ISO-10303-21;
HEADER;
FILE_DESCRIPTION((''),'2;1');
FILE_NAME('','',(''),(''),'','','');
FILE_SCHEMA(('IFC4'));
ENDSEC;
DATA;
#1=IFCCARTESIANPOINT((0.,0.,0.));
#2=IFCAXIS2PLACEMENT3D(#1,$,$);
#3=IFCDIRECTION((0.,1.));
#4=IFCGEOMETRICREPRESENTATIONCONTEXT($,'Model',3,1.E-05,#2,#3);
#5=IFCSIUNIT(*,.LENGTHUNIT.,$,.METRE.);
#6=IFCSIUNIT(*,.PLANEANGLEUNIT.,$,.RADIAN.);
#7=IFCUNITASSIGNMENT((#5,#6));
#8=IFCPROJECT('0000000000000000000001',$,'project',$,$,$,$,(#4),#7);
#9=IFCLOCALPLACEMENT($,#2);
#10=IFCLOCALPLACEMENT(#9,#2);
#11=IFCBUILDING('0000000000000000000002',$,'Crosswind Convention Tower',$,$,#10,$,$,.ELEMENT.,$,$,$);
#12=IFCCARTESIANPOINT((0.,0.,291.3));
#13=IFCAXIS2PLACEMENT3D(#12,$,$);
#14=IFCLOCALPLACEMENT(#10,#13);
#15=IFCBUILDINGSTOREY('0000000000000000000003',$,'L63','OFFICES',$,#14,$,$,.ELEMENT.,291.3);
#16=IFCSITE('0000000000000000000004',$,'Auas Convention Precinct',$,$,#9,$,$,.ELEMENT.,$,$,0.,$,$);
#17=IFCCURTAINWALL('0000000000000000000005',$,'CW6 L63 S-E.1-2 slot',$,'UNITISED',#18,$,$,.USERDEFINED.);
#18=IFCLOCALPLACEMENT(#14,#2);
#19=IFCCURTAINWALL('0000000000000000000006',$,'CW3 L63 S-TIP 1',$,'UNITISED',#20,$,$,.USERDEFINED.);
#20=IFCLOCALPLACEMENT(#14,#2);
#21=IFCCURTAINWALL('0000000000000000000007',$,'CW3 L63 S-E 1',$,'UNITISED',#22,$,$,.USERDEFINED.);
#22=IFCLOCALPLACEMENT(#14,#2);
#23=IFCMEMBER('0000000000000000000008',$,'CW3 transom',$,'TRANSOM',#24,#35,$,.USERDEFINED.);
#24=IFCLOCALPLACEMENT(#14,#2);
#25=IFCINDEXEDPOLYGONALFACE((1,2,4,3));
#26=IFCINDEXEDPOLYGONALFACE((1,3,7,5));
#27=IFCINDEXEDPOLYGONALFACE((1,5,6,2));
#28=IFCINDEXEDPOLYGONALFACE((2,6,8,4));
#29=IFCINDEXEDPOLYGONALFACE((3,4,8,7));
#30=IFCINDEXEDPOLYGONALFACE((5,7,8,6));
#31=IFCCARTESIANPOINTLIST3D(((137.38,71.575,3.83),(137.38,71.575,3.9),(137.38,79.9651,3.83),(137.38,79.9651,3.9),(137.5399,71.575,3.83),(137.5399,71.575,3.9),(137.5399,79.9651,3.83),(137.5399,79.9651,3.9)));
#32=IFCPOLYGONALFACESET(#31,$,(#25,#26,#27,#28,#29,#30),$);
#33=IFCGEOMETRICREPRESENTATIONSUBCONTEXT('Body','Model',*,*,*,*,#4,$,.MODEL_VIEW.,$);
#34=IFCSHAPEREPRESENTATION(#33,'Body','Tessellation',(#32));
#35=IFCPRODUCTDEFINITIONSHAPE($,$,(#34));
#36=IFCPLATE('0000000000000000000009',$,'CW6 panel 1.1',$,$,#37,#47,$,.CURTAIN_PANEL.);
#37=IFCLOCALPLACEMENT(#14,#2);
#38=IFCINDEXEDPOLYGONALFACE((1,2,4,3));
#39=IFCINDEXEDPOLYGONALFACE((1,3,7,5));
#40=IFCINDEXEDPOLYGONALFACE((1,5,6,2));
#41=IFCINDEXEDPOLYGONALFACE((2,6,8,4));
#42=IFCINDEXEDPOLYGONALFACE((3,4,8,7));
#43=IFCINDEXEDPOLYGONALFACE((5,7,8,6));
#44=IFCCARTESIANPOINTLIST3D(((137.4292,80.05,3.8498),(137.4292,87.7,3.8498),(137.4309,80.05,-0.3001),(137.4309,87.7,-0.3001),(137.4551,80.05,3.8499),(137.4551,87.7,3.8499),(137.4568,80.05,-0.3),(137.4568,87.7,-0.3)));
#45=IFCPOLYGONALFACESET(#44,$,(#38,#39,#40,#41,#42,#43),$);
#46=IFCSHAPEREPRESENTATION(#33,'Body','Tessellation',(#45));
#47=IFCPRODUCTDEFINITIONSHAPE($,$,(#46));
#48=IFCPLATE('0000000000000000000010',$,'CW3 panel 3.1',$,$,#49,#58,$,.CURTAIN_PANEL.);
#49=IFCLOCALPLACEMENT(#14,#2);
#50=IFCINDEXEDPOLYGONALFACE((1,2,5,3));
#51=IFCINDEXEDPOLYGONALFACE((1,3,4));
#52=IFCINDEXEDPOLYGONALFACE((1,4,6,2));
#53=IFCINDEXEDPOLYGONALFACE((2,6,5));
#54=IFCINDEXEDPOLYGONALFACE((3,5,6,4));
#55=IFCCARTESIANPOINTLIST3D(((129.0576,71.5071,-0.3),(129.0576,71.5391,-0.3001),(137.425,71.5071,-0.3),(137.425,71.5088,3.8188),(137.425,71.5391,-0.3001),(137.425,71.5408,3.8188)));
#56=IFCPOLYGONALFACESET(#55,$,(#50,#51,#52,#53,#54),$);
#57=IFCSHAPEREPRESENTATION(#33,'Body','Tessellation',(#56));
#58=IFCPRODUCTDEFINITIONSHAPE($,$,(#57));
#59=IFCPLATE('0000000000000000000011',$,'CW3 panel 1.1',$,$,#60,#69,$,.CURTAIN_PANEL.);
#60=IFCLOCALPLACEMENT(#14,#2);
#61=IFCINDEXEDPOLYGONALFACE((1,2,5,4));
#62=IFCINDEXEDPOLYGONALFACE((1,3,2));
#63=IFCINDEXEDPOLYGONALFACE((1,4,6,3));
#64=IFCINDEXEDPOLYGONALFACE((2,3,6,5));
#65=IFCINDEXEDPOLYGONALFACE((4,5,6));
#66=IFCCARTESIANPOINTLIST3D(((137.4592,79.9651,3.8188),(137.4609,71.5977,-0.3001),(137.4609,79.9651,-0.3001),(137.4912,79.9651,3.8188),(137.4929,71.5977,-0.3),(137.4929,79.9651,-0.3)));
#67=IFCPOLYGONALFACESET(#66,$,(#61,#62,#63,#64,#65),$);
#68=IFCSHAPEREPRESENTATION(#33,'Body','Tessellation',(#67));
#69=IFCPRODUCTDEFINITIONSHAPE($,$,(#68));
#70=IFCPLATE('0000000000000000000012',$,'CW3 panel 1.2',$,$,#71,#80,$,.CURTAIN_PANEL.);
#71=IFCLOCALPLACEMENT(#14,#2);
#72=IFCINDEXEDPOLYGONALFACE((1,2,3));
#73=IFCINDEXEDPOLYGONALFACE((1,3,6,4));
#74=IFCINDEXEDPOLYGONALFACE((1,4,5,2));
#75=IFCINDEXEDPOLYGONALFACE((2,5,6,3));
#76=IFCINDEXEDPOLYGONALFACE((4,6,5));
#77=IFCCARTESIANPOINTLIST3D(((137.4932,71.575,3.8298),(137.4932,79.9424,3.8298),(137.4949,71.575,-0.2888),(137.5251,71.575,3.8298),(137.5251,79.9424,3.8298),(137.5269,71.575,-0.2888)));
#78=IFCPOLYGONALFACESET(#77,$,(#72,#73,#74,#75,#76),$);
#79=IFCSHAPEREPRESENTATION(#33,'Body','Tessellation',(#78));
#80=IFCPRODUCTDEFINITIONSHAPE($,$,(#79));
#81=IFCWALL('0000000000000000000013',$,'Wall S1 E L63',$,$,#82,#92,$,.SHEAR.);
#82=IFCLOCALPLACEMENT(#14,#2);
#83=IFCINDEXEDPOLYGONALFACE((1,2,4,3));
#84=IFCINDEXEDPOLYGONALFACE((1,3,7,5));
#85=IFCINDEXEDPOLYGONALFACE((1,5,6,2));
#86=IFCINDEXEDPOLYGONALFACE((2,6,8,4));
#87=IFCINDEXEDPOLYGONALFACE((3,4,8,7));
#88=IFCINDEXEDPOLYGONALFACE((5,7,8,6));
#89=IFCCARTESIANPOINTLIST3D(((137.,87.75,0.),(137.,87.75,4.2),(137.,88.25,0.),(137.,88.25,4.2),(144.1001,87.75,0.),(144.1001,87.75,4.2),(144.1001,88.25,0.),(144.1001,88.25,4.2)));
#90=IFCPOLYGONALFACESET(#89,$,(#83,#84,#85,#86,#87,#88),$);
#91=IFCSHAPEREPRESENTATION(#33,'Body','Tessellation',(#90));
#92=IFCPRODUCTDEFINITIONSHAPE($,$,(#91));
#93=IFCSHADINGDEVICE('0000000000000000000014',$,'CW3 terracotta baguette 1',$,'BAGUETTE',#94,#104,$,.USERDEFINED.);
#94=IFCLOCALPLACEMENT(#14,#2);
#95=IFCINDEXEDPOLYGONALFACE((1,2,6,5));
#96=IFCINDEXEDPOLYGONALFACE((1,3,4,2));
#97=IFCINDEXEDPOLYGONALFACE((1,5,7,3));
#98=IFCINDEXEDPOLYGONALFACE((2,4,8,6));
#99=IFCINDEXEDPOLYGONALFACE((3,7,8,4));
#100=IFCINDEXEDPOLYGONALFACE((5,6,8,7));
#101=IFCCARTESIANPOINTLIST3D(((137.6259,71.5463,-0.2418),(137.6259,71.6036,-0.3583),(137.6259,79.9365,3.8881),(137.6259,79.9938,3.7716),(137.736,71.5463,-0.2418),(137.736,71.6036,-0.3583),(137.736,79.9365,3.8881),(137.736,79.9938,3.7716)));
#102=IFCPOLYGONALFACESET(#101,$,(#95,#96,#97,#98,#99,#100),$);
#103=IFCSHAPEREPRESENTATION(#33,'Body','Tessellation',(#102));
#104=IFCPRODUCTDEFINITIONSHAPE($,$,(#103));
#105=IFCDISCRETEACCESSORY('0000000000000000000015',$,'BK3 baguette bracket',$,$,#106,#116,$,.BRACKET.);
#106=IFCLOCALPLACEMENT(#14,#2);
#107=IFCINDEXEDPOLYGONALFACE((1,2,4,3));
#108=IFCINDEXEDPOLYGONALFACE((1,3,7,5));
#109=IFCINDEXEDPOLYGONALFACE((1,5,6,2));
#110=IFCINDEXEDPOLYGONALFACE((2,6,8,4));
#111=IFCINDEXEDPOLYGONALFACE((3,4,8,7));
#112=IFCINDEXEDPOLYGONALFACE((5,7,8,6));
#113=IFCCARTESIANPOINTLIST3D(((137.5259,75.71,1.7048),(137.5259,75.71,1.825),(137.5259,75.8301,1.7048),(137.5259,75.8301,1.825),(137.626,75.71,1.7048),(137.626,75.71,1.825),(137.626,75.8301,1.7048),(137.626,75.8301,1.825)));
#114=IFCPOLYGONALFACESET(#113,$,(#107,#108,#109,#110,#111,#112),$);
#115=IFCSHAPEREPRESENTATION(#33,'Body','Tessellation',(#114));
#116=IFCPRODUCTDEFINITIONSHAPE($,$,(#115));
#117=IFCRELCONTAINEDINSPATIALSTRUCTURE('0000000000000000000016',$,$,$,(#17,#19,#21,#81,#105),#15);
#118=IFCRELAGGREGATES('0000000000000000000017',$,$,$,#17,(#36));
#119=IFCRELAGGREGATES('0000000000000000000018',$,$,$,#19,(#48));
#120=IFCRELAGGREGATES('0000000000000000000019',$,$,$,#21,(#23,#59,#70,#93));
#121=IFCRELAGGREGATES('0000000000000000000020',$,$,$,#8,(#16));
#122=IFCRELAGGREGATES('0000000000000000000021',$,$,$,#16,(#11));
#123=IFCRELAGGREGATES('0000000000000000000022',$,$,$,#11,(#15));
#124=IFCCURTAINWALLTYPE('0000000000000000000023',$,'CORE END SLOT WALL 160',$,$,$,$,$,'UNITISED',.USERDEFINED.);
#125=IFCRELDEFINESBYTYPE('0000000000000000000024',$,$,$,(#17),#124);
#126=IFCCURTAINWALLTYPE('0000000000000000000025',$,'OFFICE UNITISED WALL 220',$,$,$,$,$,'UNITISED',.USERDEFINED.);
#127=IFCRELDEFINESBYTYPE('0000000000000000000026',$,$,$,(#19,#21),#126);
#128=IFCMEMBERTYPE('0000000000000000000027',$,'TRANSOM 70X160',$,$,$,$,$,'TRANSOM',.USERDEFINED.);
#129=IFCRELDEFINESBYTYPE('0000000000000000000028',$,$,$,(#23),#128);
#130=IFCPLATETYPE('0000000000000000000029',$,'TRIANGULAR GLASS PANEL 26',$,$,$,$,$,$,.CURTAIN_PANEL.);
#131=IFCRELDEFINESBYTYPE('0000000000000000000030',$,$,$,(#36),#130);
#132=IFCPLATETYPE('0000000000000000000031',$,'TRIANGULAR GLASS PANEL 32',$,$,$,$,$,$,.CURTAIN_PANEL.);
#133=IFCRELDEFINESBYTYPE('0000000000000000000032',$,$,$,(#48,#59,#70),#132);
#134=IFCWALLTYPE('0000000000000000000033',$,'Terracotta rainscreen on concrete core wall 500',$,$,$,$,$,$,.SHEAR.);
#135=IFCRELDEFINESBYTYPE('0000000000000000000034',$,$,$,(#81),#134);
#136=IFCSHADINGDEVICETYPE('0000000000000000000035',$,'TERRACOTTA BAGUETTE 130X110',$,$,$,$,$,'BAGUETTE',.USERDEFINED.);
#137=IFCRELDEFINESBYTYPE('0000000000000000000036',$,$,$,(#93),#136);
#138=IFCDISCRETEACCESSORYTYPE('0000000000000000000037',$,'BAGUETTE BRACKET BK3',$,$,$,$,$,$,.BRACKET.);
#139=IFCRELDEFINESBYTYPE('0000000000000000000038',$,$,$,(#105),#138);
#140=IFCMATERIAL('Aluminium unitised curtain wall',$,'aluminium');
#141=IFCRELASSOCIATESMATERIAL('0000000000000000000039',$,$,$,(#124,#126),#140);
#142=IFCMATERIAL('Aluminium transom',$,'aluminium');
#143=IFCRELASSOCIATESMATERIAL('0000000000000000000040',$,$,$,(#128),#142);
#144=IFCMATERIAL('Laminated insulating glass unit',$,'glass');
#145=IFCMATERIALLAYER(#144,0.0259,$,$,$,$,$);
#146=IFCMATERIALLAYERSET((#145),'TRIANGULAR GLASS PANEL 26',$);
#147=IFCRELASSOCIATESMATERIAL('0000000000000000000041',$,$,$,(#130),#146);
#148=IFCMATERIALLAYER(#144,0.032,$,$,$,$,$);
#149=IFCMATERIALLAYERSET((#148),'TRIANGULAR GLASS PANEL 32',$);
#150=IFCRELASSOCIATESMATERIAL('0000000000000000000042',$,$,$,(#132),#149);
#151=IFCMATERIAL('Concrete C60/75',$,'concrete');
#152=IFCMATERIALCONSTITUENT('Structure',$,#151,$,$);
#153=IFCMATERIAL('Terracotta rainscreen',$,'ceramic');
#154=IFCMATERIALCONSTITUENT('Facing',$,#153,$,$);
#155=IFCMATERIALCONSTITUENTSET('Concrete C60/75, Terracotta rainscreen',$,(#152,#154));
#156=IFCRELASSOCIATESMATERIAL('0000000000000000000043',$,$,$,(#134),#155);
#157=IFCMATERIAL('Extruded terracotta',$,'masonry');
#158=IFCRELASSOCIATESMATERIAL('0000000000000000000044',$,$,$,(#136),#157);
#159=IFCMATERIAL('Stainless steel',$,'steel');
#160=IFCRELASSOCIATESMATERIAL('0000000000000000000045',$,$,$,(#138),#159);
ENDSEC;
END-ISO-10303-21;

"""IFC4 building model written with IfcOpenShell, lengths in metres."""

from ifc_helpers import new_model, si_unit, direction, frame, frame_2d, origin, origin_2d, place, context, subcontext, project, spatial, polyline, rectangle, outline, extrude, material, layer, layer_set, constituent, constituent_set, material_profile, profile_set, type_object, element, aggregate, save


model = new_model("IFC4")

# Units and contexts
model_context = context("Model", 3, precision=1e-05, world=origin(), true_north=direction((0.0, 1.0)))
body_context = subcontext(model_context, "Body", "Model", "MODEL_VIEW")
ifc_project = project(units=[si_unit("LENGTHUNIT", "METRE"), si_unit("PLANEANGLEUNIT", "RADIAN")], contexts=[model_context])

# Site, building, storey
site_placement = place(None, origin())
site = spatial("IfcSite", under=ifc_project, at=site_placement, Name="Auas Convention Precinct", CompositionType="ELEMENT", RefElevation=0.0)
building_placement = place(site_placement, origin())
building = spatial("IfcBuilding", under=site, at=building_placement, Name="Crosswind Convention Tower", CompositionType="ELEMENT")
storey_placement = place(building_placement, frame((0.0, 0.0, 291.3)))
storey = spatial("IfcBuildingStorey", under=building, at=storey_placement, Name="L63", Description="OFFICES", CompositionType="ELEMENT", Elevation=291.3)

# Shared definitions
ifc_material_1 = material(Name="Concrete C60/75", Category="concrete")

# Curtain wall
ifc_material_2 = material(Name="Aluminium unitised curtain wall", Category="aluminium")
curtain_wall_type_1 = type_object("IfcCurtainWallType", Name="CORE END SLOT WALL 160", ElementType="UNITISED", PredefinedType="USERDEFINED", material=ifc_material_2)
curtain_wall_1_placement = place(storey_placement, origin())
curtain_wall_1 = element("IfcCurtainWall", 1, at=curtain_wall_1_placement, inside=storey, type_object=curtain_wall_type_1, Name="CW6 L63 S-E.1-2 slot", ObjectType="UNITISED", PredefinedType="USERDEFINED")

# Curtain walls
curtain_wall_type_2 = type_object("IfcCurtainWallType", Name="OFFICE UNITISED WALL 220", ElementType="UNITISED", PredefinedType="USERDEFINED", material=ifc_material_2)
curtain_wall_2_placement = place(storey_placement, origin())
curtain_wall_2 = element("IfcCurtainWall", 2, at=curtain_wall_2_placement, inside=storey, type_object=curtain_wall_type_2, Name="CW3 L63 S-TIP 1", ObjectType="UNITISED", PredefinedType="USERDEFINED")
curtain_wall_3_placement = place(storey_placement, origin())
curtain_wall_3 = element("IfcCurtainWall", 3, at=curtain_wall_3_placement, inside=storey, type_object=curtain_wall_type_2, Name="CW3 L63 S-E 1", ObjectType="UNITISED", PredefinedType="USERDEFINED")

# Member
ifc_material_3 = material(Name="Aluminium transom", Category="aluminium")
ifc_material_profile_1 = material_profile(ifc_material_3, rectangle(XDim=0.1599, YDim=0.0701, at=origin_2d()), Name="AL 160X70")
ifc_profile_set_1 = profile_set([ifc_material_profile_1], Name="Aluminium transom")
member_type_1 = type_object("IfcMemberType", Name="TRANSOM 70X160", ElementType="TRANSOM", PredefinedType="USERDEFINED", material=ifc_profile_set_1)
member_1_placement = place(storey_placement, frame((137.46, 71.575, 3.865), z_axis=(0.0, 1.0, 0.0), x_axis=(-1.0, 0.0, 0.0)))
member_1 = element("IfcMember", 4, at=member_1_placement, type_object=member_type_1, Name="CW3 transom", ObjectType="TRANSOM", PredefinedType="USERDEFINED", context=body_context, shape_type="SweptSolid", body=[
    extrude(rectangle(XDim=0.1599, YDim=0.0701, at=origin_2d()), origin(), (0.0, 0.0, 1.0), 8.3901),
])

# Plates
ifc_material_4 = material(Name="Laminated insulating glass unit", Category="glass")
ifc_layer_1 = layer(ifc_material_4, 0.0259)
ifc_layer_set_1 = layer_set([ifc_layer_1], Name="TRIANGULAR GLASS PANEL 26")
plate_type_1 = type_object("IfcPlateType", Name="TRIANGULAR GLASS PANEL 26", PredefinedType="CURTAIN_PANEL", material=ifc_layer_set_1)
plate_1_placement = place(storey_placement, frame((137.4568, 80.05, -0.3), z_axis=(1.0, 0.0, 0.000412), x_axis=(0.0, 1.0, 0.0)))
plate_1 = element("IfcPlate", 5, at=plate_1_placement, type_object=plate_type_1, Name="CW6 panel 1.1", PredefinedType="CURTAIN_PANEL", context=body_context, shape_type="SweptSolid", body=[
    extrude(outline(polyline([(0.0, 0.0), (7.6499, 0.0), (7.6499, 4.1499), (0.0, 4.1499), (0.0, 0.0)])), origin(), (0.0, 0.0, -1.0), 0.0259),
])
aggregate(curtain_wall_1, [plate_1])
ifc_layer_2 = layer(ifc_material_4, 0.032)
ifc_layer_set_2 = layer_set([ifc_layer_2], Name="TRIANGULAR GLASS PANEL 32")
plate_type_2 = type_object("IfcPlateType", Name="TRIANGULAR GLASS PANEL 32", PredefinedType="CURTAIN_PANEL", material=ifc_layer_set_2)
plate_2_placement = place(storey_placement, frame((137.425, 71.5071, -0.3), z_axis=(0.0, -1.0, 0.000415), x_axis=(0.0, 0.000415, 1.0)))
plate_2 = element("IfcPlate", 6, at=plate_2_placement, type_object=plate_type_2, Name="CW3 panel 3.1", PredefinedType="CURTAIN_PANEL", context=body_context, shape_type="SweptSolid", body=[
    extrude(outline(polyline([(0.0, 0.0), (4.1189, 0.0), (0.0, 8.3674), (0.0, 0.0)])), origin(), (0.0, 0.0, -1.0), 0.032),
])
aggregate(curtain_wall_2, [plate_2])
plate_3_placement = place(storey_placement, frame((137.4929, 79.9651, -0.3), z_axis=(1.0, 0.0, 0.000415), x_axis=(-0.000415, 0.0, 1.0)))
plate_3 = element("IfcPlate", 7, at=plate_3_placement, type_object=plate_type_2, Name="CW3 panel 1.1", PredefinedType="CURTAIN_PANEL", context=body_context, shape_type="SweptSolid", body=[
    extrude(outline(polyline([(0.0, 0.0), (4.1189, 0.0), (0.0, 8.3674), (0.0, 0.0)])), origin(), (0.0, 0.0, -1.0), 0.032),
])
plate_4_placement = place(storey_placement, frame((137.5251, 71.575, 3.8298), z_axis=(1.0, 0.0, 0.000415), x_axis=(0.000415, 0.0, -1.0)))
plate_4 = element("IfcPlate", 8, at=plate_4_placement, type_object=plate_type_2, Name="CW3 panel 1.2", PredefinedType="CURTAIN_PANEL", context=body_context, shape_type="SweptSolid", body=[
    extrude(outline(polyline([(0.0, 0.0), (4.1187, 0.0), (0.0, 8.3674), (0.0, 0.0)])), origin(), (0.0, 0.0, -1.0), 0.032),
])

# Wall
ifc_constituent_1 = constituent(ifc_material_1, Name="Structure")
ifc_material_5 = material(Name="Terracotta rainscreen", Category="ceramic")
ifc_constituent_2 = constituent(ifc_material_5, Name="Facing")
ifc_constituent_set = constituent_set(constituents=[ifc_constituent_1, ifc_constituent_2], Name="Concrete C60/75, Terracotta rainscreen")
wall_type = type_object("IfcWallType", Name="Terracotta rainscreen on concrete core wall 500", PredefinedType="SHEAR", material=ifc_constituent_set)
wall_placement = place(storey_placement, frame((137.0, 88.0, 0.0), z_axis=(0.0, 0.0, 1.0), x_axis=(1.0, 0.0, 0.0)))
element("IfcWall", 9, at=wall_placement, inside=storey, type_object=wall_type, Name="Wall S1 E L63", PredefinedType="SHEAR", context=body_context, shape_type="SweptSolid", body=[
    extrude(rectangle(XDim=7.1001, YDim=0.5, at=frame_2d((3.55, 0.0))), origin(), (0.0, 0.0, 1.0), 4.2),
])

# Shading device
ifc_material_6 = material(Name="Extruded terracotta", Category="masonry")
ifc_material_profile_2 = material_profile(ifc_material_6, rectangle(XDim=0.1101, YDim=0.1299, at=origin_2d()), Name="TC 110X130")
ifc_profile_set_2 = profile_set([ifc_material_profile_2], Name="Extruded terracotta")
shading_device_type = type_object("IfcShadingDeviceType", Name="TERRACOTTA BAGUETTE 130X110", ElementType="BAGUETTE", PredefinedType="USERDEFINED", material=ifc_profile_set_2)
shading_device_placement = place(storey_placement, frame((137.6809, 71.575, -0.3), z_axis=(0.0, 0.897198, 0.441628), x_axis=(-1.0, 0.0, 0.0)))
shading_device = element("IfcShadingDevice", 10, at=shading_device_placement, type_object=shading_device_type, Name="CW3 terracotta baguette 1", ObjectType="BAGUETTE", PredefinedType="USERDEFINED", context=body_context, shape_type="SweptSolid", body=[
    extrude(rectangle(XDim=0.1101, YDim=0.1299, at=origin_2d()), origin(), (0.0, 0.0, 1.0), 9.3516),
])
aggregate(curtain_wall_3, [member_1, plate_3, plate_4, shading_device])

# Discrete accessory
ifc_material_7 = material(Name="Stainless steel", Category="steel")
discrete_accessory_type = type_object("IfcDiscreteAccessoryType", Name="BAGUETTE BRACKET BK3", PredefinedType="BRACKET", material=ifc_material_7)
discrete_accessory_placement = place(storey_placement, frame((137.5759, 75.77, 1.7048), z_axis=(0.0, 0.0, 1.0), x_axis=(0.0, 1.0, 0.0)))
element("IfcDiscreteAccessory", 11, at=discrete_accessory_placement, inside=storey, type_object=discrete_accessory_type, Name="BK3 baguette bracket", PredefinedType="BRACKET", context=body_context, shape_type="SweptSolid", body=[
    extrude(rectangle(XDim=0.1201, YDim=0.1001, at=origin_2d()), origin(), (0.0, 0.0, 1.0), 0.1201),
])

save(model, "model.ifc")
